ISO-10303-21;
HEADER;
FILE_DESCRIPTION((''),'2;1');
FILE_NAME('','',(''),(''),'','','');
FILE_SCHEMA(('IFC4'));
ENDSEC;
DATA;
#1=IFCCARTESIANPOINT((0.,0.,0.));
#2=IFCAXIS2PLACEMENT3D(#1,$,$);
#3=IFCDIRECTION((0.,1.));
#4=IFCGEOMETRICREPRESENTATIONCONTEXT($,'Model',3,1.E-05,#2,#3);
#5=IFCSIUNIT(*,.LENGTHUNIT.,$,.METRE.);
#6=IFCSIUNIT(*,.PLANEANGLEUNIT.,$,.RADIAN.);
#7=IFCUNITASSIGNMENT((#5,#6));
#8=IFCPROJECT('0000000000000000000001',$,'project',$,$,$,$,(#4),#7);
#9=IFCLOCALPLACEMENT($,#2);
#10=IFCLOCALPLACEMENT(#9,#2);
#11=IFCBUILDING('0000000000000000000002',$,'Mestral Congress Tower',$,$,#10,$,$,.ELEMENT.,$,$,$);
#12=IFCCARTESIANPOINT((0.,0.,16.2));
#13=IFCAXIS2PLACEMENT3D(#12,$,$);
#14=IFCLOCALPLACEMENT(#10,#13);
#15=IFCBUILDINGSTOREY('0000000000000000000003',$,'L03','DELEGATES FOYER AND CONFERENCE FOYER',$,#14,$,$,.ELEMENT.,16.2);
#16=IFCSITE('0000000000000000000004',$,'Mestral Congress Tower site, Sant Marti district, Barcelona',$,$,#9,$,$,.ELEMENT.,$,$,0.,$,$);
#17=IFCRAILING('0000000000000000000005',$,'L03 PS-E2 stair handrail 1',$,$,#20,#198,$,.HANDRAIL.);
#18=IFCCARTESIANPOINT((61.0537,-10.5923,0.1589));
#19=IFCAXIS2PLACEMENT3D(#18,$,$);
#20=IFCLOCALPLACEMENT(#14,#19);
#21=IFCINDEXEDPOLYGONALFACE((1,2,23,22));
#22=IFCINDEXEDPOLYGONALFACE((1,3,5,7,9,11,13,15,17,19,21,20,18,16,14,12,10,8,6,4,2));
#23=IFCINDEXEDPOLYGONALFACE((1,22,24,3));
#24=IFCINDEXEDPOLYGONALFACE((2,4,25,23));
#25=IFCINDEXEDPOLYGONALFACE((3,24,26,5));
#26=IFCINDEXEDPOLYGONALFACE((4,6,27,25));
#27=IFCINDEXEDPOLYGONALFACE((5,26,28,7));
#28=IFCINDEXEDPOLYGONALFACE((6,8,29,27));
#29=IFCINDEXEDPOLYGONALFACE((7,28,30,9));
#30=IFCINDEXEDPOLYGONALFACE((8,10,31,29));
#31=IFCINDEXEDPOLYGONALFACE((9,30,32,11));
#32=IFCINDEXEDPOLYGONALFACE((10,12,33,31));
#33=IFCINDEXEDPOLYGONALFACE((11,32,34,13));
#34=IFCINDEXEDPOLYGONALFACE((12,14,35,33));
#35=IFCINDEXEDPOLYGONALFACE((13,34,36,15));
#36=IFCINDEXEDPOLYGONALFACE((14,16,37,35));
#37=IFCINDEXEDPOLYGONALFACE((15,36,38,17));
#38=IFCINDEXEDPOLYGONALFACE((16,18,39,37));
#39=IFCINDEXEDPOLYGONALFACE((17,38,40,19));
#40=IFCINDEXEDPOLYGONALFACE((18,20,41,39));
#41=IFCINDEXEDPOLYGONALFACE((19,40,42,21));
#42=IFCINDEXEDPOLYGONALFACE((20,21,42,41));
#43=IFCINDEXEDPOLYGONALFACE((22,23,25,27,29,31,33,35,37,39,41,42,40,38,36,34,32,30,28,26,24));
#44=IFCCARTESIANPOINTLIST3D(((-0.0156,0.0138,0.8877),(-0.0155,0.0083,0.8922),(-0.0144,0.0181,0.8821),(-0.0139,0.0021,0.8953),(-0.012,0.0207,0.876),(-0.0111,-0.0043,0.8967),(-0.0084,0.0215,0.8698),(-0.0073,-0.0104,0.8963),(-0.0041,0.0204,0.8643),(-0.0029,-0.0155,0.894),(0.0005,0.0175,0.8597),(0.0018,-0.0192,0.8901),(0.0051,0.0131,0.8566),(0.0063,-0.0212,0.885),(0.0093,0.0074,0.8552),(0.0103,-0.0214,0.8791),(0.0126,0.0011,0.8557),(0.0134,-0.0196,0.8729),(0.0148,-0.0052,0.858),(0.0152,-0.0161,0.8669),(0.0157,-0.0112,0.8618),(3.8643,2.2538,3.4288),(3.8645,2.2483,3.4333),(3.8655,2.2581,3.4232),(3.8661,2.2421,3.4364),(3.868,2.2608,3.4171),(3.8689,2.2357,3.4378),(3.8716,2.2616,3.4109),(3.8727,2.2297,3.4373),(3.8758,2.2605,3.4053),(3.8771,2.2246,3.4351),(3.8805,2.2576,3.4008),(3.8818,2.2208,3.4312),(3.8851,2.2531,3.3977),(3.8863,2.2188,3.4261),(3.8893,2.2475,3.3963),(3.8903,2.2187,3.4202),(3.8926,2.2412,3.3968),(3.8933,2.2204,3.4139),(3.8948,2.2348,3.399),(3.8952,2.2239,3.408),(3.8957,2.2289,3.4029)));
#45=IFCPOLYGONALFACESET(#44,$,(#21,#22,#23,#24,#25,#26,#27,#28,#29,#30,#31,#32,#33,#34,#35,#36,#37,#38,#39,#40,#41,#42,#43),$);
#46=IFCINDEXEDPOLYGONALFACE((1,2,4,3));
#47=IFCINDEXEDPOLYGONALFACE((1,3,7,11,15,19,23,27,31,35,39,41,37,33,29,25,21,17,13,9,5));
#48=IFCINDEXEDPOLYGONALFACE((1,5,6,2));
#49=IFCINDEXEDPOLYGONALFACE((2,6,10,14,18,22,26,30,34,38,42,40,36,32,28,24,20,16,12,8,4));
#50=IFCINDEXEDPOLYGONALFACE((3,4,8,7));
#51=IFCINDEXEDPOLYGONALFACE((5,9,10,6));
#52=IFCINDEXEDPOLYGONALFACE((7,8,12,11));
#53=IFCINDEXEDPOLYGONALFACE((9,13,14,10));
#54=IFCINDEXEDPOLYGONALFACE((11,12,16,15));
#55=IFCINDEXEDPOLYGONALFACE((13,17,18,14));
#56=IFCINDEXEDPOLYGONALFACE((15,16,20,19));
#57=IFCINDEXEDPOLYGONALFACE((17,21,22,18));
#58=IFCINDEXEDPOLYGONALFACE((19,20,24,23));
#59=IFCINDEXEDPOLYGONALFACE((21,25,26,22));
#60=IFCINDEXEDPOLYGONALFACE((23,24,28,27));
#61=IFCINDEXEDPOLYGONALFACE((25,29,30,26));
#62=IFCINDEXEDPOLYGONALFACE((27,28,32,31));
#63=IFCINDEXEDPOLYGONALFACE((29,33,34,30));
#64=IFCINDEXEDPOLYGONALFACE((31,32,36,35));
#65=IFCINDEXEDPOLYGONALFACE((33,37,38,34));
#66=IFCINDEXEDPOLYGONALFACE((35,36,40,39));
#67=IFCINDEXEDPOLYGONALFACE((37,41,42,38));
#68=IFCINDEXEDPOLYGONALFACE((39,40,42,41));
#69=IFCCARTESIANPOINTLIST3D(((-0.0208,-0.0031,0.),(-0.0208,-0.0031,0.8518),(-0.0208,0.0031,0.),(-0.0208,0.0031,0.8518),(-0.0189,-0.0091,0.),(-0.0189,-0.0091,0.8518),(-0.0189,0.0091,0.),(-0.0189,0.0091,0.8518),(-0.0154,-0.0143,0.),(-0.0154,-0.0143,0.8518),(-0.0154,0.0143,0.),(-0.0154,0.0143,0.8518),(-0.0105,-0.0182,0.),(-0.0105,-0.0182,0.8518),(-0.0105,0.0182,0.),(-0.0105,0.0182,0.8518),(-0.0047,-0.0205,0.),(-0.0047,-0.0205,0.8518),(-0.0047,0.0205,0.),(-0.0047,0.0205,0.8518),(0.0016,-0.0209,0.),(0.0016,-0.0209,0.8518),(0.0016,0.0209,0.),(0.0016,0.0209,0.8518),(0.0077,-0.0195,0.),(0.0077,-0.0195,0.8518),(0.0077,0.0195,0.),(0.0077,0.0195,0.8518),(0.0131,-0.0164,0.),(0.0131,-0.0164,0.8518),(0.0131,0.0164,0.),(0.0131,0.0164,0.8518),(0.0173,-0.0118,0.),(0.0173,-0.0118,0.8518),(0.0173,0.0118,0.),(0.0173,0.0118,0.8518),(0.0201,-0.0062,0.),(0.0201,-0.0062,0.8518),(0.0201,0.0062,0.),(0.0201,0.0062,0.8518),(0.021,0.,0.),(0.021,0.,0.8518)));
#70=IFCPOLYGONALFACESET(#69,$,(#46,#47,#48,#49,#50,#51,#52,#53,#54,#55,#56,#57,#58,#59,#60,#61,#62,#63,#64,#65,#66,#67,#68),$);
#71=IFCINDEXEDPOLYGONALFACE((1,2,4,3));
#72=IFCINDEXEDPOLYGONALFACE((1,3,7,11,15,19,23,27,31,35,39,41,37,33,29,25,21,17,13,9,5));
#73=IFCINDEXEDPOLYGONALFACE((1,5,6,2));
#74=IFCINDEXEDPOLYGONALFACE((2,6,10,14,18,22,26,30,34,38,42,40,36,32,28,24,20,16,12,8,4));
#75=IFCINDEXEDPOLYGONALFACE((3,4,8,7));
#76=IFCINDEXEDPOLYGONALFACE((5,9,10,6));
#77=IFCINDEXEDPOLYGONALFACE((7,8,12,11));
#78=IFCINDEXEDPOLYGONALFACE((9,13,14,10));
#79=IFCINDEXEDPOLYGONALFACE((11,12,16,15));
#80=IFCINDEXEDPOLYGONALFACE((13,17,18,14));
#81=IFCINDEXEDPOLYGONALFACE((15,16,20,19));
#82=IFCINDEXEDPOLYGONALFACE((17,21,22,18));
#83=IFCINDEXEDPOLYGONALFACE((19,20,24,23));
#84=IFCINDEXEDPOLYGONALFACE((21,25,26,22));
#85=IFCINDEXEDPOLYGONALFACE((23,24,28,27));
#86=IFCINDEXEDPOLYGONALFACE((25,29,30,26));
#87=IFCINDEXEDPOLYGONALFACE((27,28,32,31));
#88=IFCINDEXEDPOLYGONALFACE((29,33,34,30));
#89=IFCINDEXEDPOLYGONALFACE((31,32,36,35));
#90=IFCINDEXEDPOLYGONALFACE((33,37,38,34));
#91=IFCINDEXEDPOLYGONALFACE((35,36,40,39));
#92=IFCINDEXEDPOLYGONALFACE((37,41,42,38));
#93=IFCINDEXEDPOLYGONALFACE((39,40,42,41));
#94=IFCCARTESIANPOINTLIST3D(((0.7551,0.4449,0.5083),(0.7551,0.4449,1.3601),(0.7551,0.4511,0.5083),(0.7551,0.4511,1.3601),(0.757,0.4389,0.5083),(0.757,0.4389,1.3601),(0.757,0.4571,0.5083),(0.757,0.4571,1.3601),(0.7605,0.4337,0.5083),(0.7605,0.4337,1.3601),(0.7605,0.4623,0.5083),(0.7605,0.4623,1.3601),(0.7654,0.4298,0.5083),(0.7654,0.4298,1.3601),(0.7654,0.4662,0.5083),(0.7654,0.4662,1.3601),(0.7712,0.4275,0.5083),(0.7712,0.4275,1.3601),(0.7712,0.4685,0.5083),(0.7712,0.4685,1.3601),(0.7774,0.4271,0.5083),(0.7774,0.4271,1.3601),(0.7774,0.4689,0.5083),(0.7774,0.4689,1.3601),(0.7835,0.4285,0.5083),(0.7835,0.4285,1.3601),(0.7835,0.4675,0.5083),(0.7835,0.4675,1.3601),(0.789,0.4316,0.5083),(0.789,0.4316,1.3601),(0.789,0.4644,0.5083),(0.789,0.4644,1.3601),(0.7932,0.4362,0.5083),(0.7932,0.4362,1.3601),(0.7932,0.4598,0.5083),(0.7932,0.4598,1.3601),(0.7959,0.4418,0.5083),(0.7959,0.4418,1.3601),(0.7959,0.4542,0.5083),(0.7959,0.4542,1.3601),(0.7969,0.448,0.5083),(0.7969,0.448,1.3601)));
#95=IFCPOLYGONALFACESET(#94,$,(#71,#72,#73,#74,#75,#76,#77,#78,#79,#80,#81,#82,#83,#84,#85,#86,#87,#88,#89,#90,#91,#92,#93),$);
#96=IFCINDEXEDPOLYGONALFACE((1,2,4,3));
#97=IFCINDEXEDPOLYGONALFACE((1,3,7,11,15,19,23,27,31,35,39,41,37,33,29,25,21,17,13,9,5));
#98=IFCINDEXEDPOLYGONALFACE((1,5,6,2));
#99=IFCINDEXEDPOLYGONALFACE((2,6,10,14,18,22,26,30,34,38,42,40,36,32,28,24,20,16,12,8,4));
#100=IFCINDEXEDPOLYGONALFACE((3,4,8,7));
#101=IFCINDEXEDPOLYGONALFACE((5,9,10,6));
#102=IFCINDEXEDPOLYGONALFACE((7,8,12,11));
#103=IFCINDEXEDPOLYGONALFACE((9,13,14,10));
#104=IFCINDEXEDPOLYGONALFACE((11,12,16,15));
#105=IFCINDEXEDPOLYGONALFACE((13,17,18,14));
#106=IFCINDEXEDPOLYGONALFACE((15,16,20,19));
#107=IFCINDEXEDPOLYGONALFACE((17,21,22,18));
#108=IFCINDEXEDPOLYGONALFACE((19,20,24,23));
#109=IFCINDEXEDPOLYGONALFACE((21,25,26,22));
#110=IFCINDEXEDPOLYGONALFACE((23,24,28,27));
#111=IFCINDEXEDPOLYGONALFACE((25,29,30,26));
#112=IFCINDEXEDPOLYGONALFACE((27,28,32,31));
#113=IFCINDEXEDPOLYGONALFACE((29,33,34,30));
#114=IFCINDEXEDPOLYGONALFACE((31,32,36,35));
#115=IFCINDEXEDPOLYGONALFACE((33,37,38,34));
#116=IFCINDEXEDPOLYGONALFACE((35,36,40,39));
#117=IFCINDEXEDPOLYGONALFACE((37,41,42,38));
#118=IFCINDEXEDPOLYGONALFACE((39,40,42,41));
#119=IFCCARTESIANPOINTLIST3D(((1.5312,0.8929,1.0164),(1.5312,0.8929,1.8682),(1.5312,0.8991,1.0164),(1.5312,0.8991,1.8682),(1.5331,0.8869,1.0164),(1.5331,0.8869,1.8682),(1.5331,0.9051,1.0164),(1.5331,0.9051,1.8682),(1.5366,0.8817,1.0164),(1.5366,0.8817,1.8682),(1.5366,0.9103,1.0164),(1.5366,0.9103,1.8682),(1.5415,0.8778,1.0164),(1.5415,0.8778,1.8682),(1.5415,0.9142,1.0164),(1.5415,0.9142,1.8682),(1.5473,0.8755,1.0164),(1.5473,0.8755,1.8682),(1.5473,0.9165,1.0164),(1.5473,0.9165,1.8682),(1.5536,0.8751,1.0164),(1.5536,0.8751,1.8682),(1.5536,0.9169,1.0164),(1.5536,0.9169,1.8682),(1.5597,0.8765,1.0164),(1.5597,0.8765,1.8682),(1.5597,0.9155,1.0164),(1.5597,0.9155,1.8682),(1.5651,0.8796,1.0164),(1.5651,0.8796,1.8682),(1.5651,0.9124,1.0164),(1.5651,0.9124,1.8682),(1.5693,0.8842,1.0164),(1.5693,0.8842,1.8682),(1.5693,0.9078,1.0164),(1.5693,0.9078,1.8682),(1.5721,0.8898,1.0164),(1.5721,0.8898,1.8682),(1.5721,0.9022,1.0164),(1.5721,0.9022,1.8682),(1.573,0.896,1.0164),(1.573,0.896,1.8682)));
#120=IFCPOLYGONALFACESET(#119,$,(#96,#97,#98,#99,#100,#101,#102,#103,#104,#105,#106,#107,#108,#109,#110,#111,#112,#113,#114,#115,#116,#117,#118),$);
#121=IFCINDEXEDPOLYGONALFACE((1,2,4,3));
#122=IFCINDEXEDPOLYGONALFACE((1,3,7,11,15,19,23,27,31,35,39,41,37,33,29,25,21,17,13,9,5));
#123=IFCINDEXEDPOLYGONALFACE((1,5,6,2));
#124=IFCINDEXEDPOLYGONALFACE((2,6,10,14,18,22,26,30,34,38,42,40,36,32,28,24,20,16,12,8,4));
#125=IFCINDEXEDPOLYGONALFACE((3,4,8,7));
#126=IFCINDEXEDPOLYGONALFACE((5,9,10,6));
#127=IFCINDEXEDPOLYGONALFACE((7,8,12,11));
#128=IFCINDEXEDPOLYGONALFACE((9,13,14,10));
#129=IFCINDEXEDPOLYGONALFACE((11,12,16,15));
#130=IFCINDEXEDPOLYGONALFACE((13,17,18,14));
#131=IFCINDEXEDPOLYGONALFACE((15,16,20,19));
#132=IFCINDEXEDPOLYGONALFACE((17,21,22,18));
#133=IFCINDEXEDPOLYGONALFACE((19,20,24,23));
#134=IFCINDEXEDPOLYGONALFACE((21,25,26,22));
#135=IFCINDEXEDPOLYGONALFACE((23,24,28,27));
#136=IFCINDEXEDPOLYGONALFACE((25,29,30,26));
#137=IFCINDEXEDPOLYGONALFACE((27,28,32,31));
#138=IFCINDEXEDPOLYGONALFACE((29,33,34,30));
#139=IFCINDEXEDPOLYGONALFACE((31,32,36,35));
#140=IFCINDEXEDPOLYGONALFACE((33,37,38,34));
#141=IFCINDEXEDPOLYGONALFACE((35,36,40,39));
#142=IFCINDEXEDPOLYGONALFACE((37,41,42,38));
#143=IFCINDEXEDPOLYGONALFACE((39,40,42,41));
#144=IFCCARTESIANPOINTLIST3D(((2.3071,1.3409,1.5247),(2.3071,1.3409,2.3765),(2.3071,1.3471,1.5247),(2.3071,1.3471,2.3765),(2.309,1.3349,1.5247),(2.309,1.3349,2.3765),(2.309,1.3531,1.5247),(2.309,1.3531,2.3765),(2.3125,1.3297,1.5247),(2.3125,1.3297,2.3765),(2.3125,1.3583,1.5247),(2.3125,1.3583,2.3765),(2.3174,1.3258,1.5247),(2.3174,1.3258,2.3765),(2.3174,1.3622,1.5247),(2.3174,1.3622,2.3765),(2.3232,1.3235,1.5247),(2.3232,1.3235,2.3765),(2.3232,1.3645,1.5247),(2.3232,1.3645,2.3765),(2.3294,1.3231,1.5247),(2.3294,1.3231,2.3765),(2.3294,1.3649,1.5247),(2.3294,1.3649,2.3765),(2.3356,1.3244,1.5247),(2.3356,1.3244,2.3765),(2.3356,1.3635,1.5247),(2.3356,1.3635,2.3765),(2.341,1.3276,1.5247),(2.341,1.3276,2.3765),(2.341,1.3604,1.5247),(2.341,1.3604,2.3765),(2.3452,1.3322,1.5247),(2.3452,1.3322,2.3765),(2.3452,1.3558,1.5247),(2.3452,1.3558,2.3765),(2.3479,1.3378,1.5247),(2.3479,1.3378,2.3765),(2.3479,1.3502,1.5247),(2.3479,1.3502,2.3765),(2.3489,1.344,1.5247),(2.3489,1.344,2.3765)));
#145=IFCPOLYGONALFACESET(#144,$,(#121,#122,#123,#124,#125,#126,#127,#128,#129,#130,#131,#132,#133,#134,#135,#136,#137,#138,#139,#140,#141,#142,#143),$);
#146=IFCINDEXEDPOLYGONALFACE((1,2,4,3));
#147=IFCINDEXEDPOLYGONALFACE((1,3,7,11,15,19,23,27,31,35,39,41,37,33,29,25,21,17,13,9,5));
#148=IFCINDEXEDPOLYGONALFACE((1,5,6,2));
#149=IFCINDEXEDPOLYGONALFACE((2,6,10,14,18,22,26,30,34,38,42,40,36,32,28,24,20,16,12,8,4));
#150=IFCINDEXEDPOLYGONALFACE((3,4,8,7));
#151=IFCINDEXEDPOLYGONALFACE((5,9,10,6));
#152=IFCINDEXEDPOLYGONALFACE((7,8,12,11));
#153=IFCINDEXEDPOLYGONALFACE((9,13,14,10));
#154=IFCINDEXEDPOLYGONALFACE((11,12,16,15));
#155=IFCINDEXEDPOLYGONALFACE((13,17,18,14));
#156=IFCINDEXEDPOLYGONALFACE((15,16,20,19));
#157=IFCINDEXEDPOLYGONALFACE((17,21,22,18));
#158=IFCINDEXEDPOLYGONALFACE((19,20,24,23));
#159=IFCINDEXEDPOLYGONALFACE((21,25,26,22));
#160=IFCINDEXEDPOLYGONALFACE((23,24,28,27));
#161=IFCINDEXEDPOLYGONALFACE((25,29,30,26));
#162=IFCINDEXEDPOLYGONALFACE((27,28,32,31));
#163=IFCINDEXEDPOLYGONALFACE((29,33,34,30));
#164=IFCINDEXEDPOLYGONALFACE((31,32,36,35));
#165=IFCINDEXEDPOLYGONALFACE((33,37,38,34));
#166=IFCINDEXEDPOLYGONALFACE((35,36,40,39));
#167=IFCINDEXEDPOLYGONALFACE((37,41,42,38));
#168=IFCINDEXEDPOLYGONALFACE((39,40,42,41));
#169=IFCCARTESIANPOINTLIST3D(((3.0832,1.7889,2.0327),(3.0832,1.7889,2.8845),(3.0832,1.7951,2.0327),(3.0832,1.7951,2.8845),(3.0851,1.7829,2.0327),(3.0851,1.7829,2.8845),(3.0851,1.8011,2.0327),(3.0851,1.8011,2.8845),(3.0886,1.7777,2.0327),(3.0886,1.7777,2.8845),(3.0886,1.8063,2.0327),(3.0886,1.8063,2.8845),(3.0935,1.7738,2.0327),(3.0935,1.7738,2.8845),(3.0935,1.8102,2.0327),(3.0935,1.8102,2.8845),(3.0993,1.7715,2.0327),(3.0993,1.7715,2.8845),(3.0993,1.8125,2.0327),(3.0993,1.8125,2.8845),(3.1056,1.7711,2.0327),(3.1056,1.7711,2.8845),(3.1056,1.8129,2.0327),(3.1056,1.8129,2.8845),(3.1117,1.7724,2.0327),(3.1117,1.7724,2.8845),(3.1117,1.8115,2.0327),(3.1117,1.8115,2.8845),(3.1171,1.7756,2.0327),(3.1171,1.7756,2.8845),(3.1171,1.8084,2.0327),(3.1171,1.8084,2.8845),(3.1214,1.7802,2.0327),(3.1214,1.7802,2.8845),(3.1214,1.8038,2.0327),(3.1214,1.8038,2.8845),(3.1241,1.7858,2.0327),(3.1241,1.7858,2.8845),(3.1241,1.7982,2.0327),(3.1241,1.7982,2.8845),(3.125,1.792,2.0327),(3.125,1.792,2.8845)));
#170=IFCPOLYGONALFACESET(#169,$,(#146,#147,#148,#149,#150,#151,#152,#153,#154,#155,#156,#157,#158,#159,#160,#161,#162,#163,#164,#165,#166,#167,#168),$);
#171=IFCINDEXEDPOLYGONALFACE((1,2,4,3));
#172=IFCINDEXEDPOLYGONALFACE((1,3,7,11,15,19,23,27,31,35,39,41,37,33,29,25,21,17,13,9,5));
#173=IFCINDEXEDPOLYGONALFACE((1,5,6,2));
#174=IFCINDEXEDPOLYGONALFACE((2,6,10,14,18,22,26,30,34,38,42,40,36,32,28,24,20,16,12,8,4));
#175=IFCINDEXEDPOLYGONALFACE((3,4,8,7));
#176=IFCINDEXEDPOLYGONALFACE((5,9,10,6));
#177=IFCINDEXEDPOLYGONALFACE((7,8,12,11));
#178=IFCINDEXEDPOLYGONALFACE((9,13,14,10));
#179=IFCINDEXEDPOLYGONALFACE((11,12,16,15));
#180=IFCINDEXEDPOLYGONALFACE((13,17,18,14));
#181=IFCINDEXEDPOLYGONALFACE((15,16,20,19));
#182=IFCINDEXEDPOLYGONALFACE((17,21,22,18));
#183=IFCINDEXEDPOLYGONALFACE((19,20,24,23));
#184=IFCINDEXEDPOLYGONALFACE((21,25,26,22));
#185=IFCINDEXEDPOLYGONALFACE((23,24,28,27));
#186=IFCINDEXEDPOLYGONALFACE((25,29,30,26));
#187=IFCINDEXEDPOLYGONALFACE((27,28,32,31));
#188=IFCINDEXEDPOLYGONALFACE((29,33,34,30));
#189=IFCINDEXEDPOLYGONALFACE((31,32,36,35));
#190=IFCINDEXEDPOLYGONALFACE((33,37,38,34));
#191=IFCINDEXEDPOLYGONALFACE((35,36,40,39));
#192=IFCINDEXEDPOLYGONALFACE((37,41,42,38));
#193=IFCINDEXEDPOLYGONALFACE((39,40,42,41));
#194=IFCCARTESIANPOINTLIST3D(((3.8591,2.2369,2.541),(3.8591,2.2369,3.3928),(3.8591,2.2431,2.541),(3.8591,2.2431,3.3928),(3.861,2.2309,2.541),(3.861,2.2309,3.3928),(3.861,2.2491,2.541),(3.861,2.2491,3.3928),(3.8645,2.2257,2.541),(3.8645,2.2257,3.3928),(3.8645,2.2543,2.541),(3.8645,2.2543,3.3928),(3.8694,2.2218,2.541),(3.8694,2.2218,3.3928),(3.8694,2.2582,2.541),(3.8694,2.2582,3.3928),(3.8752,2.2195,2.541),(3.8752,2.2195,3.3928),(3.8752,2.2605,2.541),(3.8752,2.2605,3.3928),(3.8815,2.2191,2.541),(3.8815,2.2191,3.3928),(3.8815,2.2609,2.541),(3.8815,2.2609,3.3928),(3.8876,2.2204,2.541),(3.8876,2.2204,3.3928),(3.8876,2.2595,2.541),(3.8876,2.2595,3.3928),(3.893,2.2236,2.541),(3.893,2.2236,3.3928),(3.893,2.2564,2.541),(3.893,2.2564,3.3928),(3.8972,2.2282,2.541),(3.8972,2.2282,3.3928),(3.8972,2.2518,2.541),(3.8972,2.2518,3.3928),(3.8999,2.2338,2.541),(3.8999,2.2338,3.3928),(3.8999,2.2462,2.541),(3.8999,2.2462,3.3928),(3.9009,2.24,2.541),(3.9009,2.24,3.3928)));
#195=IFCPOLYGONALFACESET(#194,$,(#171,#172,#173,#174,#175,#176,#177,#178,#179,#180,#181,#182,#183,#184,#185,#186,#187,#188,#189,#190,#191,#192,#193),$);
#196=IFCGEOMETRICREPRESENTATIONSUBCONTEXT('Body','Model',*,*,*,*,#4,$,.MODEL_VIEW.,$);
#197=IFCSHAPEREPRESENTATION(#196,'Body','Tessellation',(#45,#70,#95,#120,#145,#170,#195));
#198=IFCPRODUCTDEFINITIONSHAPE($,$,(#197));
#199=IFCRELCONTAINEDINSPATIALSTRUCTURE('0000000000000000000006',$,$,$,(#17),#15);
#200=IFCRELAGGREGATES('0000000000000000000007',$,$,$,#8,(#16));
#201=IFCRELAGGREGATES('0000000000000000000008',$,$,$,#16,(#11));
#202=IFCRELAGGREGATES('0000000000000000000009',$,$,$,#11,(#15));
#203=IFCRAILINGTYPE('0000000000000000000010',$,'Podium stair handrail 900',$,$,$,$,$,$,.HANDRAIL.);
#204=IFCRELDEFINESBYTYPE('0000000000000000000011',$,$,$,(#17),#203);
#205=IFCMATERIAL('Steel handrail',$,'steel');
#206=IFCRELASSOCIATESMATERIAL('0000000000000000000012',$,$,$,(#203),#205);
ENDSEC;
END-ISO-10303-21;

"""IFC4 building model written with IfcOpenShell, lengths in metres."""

from ifc_helpers import new_model, si_unit, direction, frame, origin, origin_2d, place, context, subcontext, project, spatial, circle, extrude, material, type_object, element, save


model = new_model("IFC4")

# Units and contexts
model_context = context("Model", 3, precision=1e-05, world=origin(), true_north=direction((0.0, 1.0)))
body_context = subcontext(model_context, "Body", "Model", "MODEL_VIEW")
ifc_project = project(units=[si_unit("LENGTHUNIT", "METRE"), si_unit("PLANEANGLEUNIT", "RADIAN")], contexts=[model_context])

# Site, building, storey
site_placement = place(None, origin())
site = spatial("IfcSite", under=ifc_project, at=site_placement, Name="Mestral Congress Tower site, Sant Marti district, Barcelona", CompositionType="ELEMENT", RefElevation=0.0)
building_placement = place(site_placement, origin())
building = spatial("IfcBuilding", under=site, at=building_placement, Name="Mestral Congress Tower", CompositionType="ELEMENT")
storey_placement = place(building_placement, frame((0.0, 0.0, 16.2)))
storey = spatial("IfcBuildingStorey", under=building, at=storey_placement, Name="L03", Description="DELEGATES FOYER AND CONFERENCE FOYER", CompositionType="ELEMENT", Elevation=16.2)

# Railing
ifc_material_1 = material(Name="Steel handrail", Category="steel")
railing_type_1 = type_object("IfcRailingType", Name="Podium stair handrail 900", PredefinedType="HANDRAIL", material=ifc_material_1)
railing_1_placement = place(storey_placement, frame((61.0537, -10.5923, 0.1589)))
element("IfcRailing", 1, at=railing_1_placement, inside=storey, type_object=railing_type_1, Name="L03 PS-E2 stair handrail 1", PredefinedType="HANDRAIL", context=body_context, shape_type="SweptSolid", body=[
    extrude(circle(Radius=0.0239, at=origin_2d()), frame((0.0, 0.0, 0.876), z_axis=(0.7533, 0.434906, 0.493352), x_axis=(-0.49999, 0.866031, 0.0)), (0.0, 0.0, 1.0), 5.1506),
    extrude(circle(Radius=0.021, at=origin_2d()), origin(), (0.0, 0.0, 1.0), 0.8518),
    extrude(circle(Radius=0.021, at=origin_2d()), frame((0.7759, 0.448, 0.5083)), (0.0, 0.0, 1.0), 0.8518),
    extrude(circle(Radius=0.021, at=origin_2d()), frame((1.552, 0.896, 1.0164)), (0.0, 0.0, 1.0), 0.8518),
    extrude(circle(Radius=0.021, at=origin_2d()), frame((2.3279, 1.344, 1.5247)), (0.0, 0.0, 1.0), 0.8518),
    extrude(circle(Radius=0.021, at=origin_2d()), frame((3.104, 1.792, 2.0327)), (0.0, 0.0, 1.0), 0.8518),
    extrude(circle(Radius=0.021, at=origin_2d()), frame((3.8799, 2.24, 2.541)), (0.0, 0.0, 1.0), 0.8518),
])

save(model, "model.ifc")
